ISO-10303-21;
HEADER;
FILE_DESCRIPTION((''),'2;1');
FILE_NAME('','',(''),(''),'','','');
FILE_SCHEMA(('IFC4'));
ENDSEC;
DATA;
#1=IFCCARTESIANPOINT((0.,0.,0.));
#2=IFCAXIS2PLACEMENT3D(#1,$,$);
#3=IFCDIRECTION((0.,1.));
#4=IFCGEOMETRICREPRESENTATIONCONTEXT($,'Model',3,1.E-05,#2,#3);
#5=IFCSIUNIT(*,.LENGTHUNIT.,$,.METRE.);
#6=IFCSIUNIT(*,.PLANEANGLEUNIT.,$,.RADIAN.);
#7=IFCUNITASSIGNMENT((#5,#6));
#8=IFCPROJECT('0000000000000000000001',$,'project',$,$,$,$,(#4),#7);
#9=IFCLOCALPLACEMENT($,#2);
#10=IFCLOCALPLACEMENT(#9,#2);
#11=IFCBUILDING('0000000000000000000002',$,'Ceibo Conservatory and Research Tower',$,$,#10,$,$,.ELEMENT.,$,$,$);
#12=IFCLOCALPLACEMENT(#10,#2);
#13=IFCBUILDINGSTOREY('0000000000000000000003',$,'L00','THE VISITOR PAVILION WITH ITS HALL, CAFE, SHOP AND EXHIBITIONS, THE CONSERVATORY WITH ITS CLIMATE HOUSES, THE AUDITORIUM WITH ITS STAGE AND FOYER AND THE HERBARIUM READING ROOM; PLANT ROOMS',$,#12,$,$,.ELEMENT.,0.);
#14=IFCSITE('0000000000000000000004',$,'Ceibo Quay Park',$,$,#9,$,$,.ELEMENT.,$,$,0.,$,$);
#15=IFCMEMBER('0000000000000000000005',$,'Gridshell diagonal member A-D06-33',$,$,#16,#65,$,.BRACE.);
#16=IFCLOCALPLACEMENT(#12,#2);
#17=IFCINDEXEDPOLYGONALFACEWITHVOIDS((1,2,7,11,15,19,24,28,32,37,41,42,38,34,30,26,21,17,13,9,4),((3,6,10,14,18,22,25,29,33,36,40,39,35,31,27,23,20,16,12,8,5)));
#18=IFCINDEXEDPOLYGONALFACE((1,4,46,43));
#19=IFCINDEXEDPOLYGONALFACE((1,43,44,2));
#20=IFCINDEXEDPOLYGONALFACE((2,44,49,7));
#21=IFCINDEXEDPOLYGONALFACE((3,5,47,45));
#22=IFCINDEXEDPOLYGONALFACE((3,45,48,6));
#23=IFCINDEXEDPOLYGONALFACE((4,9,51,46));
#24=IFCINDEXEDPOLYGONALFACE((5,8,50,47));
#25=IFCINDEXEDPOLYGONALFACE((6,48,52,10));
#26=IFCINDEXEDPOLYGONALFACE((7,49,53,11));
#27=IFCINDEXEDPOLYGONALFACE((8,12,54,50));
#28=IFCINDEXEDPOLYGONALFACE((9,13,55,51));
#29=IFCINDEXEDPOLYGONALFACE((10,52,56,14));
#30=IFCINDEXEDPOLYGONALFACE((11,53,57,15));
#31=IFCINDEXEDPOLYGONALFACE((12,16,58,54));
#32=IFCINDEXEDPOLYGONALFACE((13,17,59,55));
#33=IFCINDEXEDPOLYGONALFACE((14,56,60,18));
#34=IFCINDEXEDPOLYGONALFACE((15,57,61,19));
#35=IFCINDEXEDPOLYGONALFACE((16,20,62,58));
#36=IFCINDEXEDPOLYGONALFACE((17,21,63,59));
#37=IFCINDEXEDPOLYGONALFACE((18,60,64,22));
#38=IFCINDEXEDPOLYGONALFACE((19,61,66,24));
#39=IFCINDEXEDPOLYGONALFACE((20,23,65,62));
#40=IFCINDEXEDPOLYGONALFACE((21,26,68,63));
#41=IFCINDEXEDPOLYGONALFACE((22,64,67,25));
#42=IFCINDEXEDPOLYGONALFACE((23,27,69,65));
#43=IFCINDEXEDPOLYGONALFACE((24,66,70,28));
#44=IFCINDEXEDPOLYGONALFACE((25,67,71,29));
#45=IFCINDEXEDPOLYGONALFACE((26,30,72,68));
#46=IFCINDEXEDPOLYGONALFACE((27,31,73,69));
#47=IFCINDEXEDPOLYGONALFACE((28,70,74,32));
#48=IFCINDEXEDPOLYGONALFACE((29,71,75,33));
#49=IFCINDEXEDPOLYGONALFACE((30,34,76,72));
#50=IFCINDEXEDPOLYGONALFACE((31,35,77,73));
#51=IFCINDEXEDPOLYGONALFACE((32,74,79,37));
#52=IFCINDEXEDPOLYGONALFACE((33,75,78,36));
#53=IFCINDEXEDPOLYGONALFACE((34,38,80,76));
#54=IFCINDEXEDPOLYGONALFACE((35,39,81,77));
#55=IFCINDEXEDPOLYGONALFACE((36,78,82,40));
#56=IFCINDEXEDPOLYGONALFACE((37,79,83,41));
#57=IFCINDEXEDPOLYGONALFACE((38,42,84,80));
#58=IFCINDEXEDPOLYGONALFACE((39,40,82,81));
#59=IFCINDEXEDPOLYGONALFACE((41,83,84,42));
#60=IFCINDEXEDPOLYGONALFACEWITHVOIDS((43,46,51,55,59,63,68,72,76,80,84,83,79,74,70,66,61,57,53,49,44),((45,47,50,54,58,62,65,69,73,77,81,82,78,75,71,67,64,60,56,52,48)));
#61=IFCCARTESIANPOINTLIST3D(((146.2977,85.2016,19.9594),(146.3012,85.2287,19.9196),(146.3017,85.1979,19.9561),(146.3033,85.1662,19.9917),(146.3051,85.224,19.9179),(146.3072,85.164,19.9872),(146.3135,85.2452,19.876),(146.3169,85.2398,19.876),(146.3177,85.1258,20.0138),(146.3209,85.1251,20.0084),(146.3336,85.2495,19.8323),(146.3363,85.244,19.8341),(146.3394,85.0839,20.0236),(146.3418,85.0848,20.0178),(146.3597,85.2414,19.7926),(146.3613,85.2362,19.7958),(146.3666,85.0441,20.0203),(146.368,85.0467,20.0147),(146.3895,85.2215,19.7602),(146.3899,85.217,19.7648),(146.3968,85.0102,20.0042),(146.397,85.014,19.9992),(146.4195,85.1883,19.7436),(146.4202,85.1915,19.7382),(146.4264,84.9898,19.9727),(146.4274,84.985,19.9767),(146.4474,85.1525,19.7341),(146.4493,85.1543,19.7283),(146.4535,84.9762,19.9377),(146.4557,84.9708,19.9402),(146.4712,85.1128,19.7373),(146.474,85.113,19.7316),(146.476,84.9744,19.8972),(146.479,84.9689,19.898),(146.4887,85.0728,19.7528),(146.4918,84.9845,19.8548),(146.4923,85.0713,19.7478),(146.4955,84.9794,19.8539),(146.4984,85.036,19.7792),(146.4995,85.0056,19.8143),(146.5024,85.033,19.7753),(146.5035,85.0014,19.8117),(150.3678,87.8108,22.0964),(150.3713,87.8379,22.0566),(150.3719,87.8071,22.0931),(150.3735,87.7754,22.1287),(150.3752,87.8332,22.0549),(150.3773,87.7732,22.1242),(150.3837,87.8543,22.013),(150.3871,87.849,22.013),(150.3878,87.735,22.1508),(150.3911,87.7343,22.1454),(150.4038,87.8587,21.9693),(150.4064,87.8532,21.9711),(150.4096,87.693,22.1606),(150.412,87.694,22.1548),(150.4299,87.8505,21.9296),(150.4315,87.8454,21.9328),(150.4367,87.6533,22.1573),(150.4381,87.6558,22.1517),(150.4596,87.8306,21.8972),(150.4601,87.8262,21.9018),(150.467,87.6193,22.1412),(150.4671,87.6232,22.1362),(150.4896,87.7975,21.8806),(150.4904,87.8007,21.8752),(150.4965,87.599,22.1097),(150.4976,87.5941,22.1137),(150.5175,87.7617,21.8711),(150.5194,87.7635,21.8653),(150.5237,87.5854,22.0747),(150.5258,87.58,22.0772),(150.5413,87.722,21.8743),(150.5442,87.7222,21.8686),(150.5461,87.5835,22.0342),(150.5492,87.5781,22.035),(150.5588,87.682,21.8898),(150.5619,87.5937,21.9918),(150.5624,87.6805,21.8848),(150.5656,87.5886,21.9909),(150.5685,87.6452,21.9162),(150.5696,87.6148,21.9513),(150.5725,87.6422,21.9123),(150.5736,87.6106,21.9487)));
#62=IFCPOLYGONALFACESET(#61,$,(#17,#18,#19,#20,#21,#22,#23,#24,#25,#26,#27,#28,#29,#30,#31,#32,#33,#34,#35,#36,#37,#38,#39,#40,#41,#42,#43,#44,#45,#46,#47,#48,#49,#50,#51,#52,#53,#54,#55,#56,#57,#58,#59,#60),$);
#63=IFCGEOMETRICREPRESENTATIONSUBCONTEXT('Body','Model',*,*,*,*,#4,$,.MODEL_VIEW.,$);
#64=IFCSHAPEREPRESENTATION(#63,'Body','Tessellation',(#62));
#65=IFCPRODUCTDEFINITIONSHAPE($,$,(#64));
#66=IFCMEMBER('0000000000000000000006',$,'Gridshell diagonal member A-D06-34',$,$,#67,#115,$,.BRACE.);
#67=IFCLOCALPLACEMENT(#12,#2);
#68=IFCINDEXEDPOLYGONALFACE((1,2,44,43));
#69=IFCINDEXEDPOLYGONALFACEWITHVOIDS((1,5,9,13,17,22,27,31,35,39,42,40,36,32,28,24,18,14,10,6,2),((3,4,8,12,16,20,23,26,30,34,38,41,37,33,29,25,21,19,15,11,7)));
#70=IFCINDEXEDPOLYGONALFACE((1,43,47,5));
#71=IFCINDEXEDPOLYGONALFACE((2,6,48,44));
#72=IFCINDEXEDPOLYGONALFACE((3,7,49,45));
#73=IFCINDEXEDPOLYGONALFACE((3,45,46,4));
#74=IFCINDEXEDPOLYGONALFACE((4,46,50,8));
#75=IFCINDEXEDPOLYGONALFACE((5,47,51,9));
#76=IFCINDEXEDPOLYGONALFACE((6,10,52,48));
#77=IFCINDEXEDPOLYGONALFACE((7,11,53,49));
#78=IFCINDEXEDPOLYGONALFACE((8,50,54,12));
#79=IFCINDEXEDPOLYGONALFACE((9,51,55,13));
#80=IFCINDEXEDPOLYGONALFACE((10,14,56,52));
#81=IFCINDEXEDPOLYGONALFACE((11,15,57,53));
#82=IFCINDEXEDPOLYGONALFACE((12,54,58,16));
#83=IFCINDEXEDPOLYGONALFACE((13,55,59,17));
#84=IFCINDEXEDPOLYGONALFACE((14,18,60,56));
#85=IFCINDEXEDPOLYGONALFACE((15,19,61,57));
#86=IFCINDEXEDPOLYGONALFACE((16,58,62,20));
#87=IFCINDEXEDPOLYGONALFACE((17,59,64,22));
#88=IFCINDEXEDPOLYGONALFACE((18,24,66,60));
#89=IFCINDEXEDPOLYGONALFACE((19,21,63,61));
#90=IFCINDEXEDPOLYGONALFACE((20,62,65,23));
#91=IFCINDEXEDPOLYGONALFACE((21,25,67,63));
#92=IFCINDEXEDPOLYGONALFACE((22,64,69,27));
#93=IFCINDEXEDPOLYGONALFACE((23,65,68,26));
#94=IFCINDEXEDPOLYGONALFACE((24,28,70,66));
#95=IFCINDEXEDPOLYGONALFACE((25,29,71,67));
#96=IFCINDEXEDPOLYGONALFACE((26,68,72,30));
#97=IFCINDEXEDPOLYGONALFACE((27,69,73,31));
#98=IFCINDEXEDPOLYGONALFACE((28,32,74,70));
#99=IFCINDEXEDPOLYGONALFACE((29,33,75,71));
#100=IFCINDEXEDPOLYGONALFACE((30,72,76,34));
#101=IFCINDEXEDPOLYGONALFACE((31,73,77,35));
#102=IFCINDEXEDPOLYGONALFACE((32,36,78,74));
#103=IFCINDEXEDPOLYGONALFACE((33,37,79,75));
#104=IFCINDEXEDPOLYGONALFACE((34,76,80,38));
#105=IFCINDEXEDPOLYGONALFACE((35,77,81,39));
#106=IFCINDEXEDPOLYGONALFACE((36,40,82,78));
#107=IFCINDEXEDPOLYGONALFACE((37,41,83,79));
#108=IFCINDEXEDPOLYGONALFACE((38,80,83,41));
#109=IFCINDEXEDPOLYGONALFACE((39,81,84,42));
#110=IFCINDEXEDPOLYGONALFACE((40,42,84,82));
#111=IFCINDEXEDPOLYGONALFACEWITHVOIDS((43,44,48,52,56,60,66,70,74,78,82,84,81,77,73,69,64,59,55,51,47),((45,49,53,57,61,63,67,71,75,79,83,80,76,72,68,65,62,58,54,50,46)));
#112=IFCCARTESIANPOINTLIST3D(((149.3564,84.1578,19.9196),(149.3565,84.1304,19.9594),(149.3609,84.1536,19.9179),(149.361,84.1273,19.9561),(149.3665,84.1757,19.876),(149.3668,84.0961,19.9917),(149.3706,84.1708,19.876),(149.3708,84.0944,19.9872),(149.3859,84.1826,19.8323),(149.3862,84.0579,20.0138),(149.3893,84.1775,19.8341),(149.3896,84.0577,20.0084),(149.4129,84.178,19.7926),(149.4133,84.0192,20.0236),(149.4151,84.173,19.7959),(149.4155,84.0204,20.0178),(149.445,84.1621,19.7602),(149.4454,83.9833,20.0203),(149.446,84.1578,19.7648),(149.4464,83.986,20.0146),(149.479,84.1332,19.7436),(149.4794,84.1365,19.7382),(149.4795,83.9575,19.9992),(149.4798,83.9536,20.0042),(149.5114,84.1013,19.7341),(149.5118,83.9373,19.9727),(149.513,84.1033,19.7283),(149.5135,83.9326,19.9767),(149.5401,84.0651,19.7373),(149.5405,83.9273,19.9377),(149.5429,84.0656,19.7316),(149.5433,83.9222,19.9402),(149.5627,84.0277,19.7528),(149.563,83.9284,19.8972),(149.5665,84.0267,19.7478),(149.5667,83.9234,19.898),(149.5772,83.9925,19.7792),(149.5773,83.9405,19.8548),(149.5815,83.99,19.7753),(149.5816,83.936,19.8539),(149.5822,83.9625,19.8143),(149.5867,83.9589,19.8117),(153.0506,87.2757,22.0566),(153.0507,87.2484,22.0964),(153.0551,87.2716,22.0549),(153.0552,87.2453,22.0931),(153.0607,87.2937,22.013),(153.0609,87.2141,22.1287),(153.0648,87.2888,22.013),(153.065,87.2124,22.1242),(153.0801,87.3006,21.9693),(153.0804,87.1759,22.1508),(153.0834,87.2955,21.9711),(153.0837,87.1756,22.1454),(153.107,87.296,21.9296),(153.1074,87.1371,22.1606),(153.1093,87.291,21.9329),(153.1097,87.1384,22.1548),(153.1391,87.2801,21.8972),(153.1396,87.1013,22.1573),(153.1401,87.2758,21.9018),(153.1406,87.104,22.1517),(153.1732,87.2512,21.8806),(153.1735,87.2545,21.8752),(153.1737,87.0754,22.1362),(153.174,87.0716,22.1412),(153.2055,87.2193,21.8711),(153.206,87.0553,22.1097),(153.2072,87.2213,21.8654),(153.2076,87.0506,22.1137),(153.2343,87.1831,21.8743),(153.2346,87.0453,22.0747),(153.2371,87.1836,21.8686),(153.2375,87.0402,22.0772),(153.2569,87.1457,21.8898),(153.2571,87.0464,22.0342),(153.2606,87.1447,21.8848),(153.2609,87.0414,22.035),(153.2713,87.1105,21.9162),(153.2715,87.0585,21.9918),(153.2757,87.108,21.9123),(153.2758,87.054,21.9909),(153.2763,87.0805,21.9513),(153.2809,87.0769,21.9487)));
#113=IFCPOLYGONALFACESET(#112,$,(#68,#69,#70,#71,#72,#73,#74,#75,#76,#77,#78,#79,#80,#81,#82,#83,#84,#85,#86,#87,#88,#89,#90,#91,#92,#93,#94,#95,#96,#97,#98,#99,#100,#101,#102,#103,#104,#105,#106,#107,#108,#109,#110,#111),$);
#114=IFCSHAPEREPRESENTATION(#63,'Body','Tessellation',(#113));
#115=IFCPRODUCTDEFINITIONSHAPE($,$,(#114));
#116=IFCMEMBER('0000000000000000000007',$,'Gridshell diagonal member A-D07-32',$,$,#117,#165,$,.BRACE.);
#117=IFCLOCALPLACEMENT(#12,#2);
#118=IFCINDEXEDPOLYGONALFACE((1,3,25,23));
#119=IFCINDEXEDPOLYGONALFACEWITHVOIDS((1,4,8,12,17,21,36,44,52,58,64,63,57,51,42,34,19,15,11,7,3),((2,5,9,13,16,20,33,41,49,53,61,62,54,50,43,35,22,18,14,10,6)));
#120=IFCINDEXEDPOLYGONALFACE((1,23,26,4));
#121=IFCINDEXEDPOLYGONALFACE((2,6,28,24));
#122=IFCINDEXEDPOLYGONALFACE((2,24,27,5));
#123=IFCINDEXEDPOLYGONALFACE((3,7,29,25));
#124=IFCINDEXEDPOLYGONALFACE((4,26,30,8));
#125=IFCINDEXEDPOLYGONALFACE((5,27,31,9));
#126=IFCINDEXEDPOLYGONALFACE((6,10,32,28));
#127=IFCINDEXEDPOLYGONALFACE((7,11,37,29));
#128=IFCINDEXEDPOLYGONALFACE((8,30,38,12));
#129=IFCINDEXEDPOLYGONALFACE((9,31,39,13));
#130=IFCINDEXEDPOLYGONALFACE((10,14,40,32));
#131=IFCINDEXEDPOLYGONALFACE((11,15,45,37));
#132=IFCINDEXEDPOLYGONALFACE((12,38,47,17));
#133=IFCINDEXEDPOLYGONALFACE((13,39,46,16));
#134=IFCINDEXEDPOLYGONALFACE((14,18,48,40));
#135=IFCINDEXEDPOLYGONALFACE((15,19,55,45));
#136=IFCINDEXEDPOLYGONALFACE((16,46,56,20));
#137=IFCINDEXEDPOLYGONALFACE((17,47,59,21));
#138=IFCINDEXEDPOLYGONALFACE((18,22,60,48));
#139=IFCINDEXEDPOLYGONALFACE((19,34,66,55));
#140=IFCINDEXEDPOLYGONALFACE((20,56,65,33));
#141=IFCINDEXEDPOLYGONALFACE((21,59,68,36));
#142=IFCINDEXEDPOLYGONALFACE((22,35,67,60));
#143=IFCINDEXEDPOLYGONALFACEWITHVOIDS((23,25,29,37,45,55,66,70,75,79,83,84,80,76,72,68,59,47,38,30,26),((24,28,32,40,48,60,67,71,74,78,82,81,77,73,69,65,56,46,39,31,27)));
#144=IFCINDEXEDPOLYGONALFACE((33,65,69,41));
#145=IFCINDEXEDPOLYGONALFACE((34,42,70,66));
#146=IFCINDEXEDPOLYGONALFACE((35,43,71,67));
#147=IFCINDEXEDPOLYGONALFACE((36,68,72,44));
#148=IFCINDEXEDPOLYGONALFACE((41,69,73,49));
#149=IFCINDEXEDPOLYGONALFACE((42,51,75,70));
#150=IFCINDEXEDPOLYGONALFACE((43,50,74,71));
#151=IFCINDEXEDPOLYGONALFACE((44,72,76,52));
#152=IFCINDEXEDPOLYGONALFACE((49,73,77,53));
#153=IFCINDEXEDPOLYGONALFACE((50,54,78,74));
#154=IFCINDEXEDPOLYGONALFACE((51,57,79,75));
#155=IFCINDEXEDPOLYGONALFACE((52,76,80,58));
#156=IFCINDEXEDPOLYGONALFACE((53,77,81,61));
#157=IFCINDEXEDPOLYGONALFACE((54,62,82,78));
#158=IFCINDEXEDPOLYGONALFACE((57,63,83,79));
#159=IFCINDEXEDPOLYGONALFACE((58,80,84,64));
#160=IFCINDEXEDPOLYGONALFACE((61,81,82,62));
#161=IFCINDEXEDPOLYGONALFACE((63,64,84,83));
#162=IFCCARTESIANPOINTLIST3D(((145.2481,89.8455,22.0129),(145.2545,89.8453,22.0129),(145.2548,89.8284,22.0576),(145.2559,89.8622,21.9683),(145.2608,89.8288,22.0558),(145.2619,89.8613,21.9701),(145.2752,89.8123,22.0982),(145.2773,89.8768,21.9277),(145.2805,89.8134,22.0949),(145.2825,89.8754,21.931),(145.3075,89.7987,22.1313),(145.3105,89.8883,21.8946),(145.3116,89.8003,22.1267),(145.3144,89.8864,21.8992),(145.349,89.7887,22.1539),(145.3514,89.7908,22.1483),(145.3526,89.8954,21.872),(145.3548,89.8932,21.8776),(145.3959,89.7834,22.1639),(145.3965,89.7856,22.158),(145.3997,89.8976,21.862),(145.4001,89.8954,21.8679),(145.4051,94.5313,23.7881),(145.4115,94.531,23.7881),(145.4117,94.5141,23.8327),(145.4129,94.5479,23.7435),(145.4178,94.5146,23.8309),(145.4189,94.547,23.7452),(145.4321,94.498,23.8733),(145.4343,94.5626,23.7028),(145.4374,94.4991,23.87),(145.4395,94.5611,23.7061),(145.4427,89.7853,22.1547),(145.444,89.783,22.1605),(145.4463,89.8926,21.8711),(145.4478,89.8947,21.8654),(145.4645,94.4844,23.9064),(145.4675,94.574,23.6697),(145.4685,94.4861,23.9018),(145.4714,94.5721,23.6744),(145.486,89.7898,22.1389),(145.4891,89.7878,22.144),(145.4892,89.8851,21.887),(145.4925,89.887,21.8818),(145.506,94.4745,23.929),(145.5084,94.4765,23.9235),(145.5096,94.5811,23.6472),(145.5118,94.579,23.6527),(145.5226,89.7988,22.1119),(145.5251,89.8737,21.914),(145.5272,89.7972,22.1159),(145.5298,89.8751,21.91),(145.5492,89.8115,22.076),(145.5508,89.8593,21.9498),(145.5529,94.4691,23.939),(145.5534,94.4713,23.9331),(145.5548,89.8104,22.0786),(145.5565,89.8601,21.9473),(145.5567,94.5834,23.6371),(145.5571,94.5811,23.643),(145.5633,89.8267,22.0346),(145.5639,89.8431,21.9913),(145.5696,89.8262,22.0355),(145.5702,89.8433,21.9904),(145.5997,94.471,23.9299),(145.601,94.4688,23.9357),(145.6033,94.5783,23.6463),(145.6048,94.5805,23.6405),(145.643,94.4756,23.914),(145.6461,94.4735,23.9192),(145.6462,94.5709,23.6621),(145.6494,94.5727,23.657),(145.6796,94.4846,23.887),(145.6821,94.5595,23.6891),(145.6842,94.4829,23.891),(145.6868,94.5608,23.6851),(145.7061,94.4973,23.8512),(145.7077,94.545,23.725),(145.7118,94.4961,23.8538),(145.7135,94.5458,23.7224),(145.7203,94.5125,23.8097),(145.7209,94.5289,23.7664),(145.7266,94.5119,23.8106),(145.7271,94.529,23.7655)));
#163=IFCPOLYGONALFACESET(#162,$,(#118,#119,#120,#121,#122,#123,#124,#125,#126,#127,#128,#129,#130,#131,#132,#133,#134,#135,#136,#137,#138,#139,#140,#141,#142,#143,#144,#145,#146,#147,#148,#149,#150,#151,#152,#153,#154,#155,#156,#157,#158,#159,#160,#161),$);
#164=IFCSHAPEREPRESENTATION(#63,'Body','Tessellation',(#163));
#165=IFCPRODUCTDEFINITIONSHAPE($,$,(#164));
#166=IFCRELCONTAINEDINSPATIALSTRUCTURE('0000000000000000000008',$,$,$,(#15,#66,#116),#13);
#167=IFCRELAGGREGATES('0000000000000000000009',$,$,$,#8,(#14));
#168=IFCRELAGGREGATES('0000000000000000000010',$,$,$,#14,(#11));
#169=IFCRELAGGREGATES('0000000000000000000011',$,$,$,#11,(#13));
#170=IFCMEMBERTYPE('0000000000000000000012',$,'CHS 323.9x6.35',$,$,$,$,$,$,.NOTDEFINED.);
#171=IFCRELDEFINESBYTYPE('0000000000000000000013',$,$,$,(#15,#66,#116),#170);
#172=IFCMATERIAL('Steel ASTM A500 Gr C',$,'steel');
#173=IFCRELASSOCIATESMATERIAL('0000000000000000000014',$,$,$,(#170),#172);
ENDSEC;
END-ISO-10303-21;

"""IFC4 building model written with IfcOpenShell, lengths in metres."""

from ifc_helpers import new_model, si_unit, direction, frame, origin, origin_2d, place, context, subcontext, project, spatial, hollow_circle, extrude, material, material_profile, profile_set, type_object, element, save


model = new_model("IFC4")

# Units and contexts
model_context = context("Model", 3, precision=1e-05, world=origin(), true_north=direction((0.0, 1.0)))
body_context = subcontext(model_context, "Body", "Model", "MODEL_VIEW")
ifc_project = project(units=[si_unit("LENGTHUNIT", "METRE"), si_unit("PLANEANGLEUNIT", "RADIAN")], contexts=[model_context])

# Site, building, storey
site_placement = place(None, origin())
site = spatial("IfcSite", under=ifc_project, at=site_placement, Name="Ceibo Quay Park", CompositionType="ELEMENT", RefElevation=0.0)
building_placement = place(site_placement, origin())
building = spatial("IfcBuilding", under=site, at=building_placement, Name="Ceibo Conservatory and Research Tower", CompositionType="ELEMENT")
storey_placement = place(building_placement, origin())
storey = spatial("IfcBuildingStorey", under=building, at=storey_placement, Name="L00", Description="THE VISITOR PAVILION WITH ITS HALL, CAFE, SHOP AND EXHIBITIONS, THE CONSERVATORY WITH ITS CLIMATE HOUSES, THE AUDITORIUM WITH ITS STAGE AND FOYER AND THE HERBARIUM READING ROOM; PLANT ROOMS", CompositionType="ELEMENT", Elevation=0.0)

# Members
ifc_material_1 = material(Name="Steel ASTM A500 Gr C", Category="steel")
ifc_material_profile_1 = material_profile(ifc_material_1, hollow_circle(Radius=0.1619, WallThickness=0.0063, at=origin_2d()), Name="CHS 323.9x6.35")
ifc_profile_set_1 = profile_set([ifc_material_profile_1], Name="Steel ASTM A500 Gr C")
member_type_1 = type_object("IfcMemberType", Name="CHS 323.9x6.35", PredefinedType="NOTDEFINED", material=ifc_profile_set_1)
member_1_placement = place(storey_placement, frame((146.4009, 85.1089, 19.876), z_axis=(0.770001, 0.493612, 0.404284), x_axis=(-0.539683, 0.841869, 0.0)))
element("IfcMember", 1, at=member_1_placement, inside=storey, type_object=member_type_1, Name="Gridshell diagonal member A-D06-33", PredefinedType="BRACE", context=body_context, shape_type="SweptSolid", body=[
    extrude(hollow_circle(Radius=0.1619, WallThickness=0.0063, at=origin_2d()), origin(), (0.0, 0.0, 1.0), 5.2859),
])
member_2_placement = place(storey_placement, frame((149.4709, 84.052, 19.876), z_axis=(0.698938, 0.589923, 0.404322), x_axis=(-0.644995, 0.764186, 0.0)))
element("IfcMember", 2, at=member_2_placement, inside=storey, type_object=member_type_1, Name="Gridshell diagonal member A-D06-34", PredefinedType="BRACE", context=body_context, shape_type="SweptSolid", body=[
    extrude(hollow_circle(Radius=0.1619, WallThickness=0.0063, at=origin_2d()), origin(), (0.0, 0.0, 1.0), 5.2854),
])
member_3_placement = place(storey_placement, frame((145.4099, 89.8401, 22.0129), z_axis=(0.031314, 0.934686, 0.354093), x_axis=(-0.999439, 0.033483, 0.0)))
element("IfcMember", 3, at=member_3_placement, inside=storey, type_object=member_type_1, Name="Gridshell diagonal member A-D07-32", PredefinedType="BRACE", context=body_context, shape_type="SweptSolid", body=[
    extrude(hollow_circle(Radius=0.1619, WallThickness=0.0063, at=origin_2d()), origin(), (0.0, 0.0, 1.0), 5.0132),
])

save(model, "model.ifc")
